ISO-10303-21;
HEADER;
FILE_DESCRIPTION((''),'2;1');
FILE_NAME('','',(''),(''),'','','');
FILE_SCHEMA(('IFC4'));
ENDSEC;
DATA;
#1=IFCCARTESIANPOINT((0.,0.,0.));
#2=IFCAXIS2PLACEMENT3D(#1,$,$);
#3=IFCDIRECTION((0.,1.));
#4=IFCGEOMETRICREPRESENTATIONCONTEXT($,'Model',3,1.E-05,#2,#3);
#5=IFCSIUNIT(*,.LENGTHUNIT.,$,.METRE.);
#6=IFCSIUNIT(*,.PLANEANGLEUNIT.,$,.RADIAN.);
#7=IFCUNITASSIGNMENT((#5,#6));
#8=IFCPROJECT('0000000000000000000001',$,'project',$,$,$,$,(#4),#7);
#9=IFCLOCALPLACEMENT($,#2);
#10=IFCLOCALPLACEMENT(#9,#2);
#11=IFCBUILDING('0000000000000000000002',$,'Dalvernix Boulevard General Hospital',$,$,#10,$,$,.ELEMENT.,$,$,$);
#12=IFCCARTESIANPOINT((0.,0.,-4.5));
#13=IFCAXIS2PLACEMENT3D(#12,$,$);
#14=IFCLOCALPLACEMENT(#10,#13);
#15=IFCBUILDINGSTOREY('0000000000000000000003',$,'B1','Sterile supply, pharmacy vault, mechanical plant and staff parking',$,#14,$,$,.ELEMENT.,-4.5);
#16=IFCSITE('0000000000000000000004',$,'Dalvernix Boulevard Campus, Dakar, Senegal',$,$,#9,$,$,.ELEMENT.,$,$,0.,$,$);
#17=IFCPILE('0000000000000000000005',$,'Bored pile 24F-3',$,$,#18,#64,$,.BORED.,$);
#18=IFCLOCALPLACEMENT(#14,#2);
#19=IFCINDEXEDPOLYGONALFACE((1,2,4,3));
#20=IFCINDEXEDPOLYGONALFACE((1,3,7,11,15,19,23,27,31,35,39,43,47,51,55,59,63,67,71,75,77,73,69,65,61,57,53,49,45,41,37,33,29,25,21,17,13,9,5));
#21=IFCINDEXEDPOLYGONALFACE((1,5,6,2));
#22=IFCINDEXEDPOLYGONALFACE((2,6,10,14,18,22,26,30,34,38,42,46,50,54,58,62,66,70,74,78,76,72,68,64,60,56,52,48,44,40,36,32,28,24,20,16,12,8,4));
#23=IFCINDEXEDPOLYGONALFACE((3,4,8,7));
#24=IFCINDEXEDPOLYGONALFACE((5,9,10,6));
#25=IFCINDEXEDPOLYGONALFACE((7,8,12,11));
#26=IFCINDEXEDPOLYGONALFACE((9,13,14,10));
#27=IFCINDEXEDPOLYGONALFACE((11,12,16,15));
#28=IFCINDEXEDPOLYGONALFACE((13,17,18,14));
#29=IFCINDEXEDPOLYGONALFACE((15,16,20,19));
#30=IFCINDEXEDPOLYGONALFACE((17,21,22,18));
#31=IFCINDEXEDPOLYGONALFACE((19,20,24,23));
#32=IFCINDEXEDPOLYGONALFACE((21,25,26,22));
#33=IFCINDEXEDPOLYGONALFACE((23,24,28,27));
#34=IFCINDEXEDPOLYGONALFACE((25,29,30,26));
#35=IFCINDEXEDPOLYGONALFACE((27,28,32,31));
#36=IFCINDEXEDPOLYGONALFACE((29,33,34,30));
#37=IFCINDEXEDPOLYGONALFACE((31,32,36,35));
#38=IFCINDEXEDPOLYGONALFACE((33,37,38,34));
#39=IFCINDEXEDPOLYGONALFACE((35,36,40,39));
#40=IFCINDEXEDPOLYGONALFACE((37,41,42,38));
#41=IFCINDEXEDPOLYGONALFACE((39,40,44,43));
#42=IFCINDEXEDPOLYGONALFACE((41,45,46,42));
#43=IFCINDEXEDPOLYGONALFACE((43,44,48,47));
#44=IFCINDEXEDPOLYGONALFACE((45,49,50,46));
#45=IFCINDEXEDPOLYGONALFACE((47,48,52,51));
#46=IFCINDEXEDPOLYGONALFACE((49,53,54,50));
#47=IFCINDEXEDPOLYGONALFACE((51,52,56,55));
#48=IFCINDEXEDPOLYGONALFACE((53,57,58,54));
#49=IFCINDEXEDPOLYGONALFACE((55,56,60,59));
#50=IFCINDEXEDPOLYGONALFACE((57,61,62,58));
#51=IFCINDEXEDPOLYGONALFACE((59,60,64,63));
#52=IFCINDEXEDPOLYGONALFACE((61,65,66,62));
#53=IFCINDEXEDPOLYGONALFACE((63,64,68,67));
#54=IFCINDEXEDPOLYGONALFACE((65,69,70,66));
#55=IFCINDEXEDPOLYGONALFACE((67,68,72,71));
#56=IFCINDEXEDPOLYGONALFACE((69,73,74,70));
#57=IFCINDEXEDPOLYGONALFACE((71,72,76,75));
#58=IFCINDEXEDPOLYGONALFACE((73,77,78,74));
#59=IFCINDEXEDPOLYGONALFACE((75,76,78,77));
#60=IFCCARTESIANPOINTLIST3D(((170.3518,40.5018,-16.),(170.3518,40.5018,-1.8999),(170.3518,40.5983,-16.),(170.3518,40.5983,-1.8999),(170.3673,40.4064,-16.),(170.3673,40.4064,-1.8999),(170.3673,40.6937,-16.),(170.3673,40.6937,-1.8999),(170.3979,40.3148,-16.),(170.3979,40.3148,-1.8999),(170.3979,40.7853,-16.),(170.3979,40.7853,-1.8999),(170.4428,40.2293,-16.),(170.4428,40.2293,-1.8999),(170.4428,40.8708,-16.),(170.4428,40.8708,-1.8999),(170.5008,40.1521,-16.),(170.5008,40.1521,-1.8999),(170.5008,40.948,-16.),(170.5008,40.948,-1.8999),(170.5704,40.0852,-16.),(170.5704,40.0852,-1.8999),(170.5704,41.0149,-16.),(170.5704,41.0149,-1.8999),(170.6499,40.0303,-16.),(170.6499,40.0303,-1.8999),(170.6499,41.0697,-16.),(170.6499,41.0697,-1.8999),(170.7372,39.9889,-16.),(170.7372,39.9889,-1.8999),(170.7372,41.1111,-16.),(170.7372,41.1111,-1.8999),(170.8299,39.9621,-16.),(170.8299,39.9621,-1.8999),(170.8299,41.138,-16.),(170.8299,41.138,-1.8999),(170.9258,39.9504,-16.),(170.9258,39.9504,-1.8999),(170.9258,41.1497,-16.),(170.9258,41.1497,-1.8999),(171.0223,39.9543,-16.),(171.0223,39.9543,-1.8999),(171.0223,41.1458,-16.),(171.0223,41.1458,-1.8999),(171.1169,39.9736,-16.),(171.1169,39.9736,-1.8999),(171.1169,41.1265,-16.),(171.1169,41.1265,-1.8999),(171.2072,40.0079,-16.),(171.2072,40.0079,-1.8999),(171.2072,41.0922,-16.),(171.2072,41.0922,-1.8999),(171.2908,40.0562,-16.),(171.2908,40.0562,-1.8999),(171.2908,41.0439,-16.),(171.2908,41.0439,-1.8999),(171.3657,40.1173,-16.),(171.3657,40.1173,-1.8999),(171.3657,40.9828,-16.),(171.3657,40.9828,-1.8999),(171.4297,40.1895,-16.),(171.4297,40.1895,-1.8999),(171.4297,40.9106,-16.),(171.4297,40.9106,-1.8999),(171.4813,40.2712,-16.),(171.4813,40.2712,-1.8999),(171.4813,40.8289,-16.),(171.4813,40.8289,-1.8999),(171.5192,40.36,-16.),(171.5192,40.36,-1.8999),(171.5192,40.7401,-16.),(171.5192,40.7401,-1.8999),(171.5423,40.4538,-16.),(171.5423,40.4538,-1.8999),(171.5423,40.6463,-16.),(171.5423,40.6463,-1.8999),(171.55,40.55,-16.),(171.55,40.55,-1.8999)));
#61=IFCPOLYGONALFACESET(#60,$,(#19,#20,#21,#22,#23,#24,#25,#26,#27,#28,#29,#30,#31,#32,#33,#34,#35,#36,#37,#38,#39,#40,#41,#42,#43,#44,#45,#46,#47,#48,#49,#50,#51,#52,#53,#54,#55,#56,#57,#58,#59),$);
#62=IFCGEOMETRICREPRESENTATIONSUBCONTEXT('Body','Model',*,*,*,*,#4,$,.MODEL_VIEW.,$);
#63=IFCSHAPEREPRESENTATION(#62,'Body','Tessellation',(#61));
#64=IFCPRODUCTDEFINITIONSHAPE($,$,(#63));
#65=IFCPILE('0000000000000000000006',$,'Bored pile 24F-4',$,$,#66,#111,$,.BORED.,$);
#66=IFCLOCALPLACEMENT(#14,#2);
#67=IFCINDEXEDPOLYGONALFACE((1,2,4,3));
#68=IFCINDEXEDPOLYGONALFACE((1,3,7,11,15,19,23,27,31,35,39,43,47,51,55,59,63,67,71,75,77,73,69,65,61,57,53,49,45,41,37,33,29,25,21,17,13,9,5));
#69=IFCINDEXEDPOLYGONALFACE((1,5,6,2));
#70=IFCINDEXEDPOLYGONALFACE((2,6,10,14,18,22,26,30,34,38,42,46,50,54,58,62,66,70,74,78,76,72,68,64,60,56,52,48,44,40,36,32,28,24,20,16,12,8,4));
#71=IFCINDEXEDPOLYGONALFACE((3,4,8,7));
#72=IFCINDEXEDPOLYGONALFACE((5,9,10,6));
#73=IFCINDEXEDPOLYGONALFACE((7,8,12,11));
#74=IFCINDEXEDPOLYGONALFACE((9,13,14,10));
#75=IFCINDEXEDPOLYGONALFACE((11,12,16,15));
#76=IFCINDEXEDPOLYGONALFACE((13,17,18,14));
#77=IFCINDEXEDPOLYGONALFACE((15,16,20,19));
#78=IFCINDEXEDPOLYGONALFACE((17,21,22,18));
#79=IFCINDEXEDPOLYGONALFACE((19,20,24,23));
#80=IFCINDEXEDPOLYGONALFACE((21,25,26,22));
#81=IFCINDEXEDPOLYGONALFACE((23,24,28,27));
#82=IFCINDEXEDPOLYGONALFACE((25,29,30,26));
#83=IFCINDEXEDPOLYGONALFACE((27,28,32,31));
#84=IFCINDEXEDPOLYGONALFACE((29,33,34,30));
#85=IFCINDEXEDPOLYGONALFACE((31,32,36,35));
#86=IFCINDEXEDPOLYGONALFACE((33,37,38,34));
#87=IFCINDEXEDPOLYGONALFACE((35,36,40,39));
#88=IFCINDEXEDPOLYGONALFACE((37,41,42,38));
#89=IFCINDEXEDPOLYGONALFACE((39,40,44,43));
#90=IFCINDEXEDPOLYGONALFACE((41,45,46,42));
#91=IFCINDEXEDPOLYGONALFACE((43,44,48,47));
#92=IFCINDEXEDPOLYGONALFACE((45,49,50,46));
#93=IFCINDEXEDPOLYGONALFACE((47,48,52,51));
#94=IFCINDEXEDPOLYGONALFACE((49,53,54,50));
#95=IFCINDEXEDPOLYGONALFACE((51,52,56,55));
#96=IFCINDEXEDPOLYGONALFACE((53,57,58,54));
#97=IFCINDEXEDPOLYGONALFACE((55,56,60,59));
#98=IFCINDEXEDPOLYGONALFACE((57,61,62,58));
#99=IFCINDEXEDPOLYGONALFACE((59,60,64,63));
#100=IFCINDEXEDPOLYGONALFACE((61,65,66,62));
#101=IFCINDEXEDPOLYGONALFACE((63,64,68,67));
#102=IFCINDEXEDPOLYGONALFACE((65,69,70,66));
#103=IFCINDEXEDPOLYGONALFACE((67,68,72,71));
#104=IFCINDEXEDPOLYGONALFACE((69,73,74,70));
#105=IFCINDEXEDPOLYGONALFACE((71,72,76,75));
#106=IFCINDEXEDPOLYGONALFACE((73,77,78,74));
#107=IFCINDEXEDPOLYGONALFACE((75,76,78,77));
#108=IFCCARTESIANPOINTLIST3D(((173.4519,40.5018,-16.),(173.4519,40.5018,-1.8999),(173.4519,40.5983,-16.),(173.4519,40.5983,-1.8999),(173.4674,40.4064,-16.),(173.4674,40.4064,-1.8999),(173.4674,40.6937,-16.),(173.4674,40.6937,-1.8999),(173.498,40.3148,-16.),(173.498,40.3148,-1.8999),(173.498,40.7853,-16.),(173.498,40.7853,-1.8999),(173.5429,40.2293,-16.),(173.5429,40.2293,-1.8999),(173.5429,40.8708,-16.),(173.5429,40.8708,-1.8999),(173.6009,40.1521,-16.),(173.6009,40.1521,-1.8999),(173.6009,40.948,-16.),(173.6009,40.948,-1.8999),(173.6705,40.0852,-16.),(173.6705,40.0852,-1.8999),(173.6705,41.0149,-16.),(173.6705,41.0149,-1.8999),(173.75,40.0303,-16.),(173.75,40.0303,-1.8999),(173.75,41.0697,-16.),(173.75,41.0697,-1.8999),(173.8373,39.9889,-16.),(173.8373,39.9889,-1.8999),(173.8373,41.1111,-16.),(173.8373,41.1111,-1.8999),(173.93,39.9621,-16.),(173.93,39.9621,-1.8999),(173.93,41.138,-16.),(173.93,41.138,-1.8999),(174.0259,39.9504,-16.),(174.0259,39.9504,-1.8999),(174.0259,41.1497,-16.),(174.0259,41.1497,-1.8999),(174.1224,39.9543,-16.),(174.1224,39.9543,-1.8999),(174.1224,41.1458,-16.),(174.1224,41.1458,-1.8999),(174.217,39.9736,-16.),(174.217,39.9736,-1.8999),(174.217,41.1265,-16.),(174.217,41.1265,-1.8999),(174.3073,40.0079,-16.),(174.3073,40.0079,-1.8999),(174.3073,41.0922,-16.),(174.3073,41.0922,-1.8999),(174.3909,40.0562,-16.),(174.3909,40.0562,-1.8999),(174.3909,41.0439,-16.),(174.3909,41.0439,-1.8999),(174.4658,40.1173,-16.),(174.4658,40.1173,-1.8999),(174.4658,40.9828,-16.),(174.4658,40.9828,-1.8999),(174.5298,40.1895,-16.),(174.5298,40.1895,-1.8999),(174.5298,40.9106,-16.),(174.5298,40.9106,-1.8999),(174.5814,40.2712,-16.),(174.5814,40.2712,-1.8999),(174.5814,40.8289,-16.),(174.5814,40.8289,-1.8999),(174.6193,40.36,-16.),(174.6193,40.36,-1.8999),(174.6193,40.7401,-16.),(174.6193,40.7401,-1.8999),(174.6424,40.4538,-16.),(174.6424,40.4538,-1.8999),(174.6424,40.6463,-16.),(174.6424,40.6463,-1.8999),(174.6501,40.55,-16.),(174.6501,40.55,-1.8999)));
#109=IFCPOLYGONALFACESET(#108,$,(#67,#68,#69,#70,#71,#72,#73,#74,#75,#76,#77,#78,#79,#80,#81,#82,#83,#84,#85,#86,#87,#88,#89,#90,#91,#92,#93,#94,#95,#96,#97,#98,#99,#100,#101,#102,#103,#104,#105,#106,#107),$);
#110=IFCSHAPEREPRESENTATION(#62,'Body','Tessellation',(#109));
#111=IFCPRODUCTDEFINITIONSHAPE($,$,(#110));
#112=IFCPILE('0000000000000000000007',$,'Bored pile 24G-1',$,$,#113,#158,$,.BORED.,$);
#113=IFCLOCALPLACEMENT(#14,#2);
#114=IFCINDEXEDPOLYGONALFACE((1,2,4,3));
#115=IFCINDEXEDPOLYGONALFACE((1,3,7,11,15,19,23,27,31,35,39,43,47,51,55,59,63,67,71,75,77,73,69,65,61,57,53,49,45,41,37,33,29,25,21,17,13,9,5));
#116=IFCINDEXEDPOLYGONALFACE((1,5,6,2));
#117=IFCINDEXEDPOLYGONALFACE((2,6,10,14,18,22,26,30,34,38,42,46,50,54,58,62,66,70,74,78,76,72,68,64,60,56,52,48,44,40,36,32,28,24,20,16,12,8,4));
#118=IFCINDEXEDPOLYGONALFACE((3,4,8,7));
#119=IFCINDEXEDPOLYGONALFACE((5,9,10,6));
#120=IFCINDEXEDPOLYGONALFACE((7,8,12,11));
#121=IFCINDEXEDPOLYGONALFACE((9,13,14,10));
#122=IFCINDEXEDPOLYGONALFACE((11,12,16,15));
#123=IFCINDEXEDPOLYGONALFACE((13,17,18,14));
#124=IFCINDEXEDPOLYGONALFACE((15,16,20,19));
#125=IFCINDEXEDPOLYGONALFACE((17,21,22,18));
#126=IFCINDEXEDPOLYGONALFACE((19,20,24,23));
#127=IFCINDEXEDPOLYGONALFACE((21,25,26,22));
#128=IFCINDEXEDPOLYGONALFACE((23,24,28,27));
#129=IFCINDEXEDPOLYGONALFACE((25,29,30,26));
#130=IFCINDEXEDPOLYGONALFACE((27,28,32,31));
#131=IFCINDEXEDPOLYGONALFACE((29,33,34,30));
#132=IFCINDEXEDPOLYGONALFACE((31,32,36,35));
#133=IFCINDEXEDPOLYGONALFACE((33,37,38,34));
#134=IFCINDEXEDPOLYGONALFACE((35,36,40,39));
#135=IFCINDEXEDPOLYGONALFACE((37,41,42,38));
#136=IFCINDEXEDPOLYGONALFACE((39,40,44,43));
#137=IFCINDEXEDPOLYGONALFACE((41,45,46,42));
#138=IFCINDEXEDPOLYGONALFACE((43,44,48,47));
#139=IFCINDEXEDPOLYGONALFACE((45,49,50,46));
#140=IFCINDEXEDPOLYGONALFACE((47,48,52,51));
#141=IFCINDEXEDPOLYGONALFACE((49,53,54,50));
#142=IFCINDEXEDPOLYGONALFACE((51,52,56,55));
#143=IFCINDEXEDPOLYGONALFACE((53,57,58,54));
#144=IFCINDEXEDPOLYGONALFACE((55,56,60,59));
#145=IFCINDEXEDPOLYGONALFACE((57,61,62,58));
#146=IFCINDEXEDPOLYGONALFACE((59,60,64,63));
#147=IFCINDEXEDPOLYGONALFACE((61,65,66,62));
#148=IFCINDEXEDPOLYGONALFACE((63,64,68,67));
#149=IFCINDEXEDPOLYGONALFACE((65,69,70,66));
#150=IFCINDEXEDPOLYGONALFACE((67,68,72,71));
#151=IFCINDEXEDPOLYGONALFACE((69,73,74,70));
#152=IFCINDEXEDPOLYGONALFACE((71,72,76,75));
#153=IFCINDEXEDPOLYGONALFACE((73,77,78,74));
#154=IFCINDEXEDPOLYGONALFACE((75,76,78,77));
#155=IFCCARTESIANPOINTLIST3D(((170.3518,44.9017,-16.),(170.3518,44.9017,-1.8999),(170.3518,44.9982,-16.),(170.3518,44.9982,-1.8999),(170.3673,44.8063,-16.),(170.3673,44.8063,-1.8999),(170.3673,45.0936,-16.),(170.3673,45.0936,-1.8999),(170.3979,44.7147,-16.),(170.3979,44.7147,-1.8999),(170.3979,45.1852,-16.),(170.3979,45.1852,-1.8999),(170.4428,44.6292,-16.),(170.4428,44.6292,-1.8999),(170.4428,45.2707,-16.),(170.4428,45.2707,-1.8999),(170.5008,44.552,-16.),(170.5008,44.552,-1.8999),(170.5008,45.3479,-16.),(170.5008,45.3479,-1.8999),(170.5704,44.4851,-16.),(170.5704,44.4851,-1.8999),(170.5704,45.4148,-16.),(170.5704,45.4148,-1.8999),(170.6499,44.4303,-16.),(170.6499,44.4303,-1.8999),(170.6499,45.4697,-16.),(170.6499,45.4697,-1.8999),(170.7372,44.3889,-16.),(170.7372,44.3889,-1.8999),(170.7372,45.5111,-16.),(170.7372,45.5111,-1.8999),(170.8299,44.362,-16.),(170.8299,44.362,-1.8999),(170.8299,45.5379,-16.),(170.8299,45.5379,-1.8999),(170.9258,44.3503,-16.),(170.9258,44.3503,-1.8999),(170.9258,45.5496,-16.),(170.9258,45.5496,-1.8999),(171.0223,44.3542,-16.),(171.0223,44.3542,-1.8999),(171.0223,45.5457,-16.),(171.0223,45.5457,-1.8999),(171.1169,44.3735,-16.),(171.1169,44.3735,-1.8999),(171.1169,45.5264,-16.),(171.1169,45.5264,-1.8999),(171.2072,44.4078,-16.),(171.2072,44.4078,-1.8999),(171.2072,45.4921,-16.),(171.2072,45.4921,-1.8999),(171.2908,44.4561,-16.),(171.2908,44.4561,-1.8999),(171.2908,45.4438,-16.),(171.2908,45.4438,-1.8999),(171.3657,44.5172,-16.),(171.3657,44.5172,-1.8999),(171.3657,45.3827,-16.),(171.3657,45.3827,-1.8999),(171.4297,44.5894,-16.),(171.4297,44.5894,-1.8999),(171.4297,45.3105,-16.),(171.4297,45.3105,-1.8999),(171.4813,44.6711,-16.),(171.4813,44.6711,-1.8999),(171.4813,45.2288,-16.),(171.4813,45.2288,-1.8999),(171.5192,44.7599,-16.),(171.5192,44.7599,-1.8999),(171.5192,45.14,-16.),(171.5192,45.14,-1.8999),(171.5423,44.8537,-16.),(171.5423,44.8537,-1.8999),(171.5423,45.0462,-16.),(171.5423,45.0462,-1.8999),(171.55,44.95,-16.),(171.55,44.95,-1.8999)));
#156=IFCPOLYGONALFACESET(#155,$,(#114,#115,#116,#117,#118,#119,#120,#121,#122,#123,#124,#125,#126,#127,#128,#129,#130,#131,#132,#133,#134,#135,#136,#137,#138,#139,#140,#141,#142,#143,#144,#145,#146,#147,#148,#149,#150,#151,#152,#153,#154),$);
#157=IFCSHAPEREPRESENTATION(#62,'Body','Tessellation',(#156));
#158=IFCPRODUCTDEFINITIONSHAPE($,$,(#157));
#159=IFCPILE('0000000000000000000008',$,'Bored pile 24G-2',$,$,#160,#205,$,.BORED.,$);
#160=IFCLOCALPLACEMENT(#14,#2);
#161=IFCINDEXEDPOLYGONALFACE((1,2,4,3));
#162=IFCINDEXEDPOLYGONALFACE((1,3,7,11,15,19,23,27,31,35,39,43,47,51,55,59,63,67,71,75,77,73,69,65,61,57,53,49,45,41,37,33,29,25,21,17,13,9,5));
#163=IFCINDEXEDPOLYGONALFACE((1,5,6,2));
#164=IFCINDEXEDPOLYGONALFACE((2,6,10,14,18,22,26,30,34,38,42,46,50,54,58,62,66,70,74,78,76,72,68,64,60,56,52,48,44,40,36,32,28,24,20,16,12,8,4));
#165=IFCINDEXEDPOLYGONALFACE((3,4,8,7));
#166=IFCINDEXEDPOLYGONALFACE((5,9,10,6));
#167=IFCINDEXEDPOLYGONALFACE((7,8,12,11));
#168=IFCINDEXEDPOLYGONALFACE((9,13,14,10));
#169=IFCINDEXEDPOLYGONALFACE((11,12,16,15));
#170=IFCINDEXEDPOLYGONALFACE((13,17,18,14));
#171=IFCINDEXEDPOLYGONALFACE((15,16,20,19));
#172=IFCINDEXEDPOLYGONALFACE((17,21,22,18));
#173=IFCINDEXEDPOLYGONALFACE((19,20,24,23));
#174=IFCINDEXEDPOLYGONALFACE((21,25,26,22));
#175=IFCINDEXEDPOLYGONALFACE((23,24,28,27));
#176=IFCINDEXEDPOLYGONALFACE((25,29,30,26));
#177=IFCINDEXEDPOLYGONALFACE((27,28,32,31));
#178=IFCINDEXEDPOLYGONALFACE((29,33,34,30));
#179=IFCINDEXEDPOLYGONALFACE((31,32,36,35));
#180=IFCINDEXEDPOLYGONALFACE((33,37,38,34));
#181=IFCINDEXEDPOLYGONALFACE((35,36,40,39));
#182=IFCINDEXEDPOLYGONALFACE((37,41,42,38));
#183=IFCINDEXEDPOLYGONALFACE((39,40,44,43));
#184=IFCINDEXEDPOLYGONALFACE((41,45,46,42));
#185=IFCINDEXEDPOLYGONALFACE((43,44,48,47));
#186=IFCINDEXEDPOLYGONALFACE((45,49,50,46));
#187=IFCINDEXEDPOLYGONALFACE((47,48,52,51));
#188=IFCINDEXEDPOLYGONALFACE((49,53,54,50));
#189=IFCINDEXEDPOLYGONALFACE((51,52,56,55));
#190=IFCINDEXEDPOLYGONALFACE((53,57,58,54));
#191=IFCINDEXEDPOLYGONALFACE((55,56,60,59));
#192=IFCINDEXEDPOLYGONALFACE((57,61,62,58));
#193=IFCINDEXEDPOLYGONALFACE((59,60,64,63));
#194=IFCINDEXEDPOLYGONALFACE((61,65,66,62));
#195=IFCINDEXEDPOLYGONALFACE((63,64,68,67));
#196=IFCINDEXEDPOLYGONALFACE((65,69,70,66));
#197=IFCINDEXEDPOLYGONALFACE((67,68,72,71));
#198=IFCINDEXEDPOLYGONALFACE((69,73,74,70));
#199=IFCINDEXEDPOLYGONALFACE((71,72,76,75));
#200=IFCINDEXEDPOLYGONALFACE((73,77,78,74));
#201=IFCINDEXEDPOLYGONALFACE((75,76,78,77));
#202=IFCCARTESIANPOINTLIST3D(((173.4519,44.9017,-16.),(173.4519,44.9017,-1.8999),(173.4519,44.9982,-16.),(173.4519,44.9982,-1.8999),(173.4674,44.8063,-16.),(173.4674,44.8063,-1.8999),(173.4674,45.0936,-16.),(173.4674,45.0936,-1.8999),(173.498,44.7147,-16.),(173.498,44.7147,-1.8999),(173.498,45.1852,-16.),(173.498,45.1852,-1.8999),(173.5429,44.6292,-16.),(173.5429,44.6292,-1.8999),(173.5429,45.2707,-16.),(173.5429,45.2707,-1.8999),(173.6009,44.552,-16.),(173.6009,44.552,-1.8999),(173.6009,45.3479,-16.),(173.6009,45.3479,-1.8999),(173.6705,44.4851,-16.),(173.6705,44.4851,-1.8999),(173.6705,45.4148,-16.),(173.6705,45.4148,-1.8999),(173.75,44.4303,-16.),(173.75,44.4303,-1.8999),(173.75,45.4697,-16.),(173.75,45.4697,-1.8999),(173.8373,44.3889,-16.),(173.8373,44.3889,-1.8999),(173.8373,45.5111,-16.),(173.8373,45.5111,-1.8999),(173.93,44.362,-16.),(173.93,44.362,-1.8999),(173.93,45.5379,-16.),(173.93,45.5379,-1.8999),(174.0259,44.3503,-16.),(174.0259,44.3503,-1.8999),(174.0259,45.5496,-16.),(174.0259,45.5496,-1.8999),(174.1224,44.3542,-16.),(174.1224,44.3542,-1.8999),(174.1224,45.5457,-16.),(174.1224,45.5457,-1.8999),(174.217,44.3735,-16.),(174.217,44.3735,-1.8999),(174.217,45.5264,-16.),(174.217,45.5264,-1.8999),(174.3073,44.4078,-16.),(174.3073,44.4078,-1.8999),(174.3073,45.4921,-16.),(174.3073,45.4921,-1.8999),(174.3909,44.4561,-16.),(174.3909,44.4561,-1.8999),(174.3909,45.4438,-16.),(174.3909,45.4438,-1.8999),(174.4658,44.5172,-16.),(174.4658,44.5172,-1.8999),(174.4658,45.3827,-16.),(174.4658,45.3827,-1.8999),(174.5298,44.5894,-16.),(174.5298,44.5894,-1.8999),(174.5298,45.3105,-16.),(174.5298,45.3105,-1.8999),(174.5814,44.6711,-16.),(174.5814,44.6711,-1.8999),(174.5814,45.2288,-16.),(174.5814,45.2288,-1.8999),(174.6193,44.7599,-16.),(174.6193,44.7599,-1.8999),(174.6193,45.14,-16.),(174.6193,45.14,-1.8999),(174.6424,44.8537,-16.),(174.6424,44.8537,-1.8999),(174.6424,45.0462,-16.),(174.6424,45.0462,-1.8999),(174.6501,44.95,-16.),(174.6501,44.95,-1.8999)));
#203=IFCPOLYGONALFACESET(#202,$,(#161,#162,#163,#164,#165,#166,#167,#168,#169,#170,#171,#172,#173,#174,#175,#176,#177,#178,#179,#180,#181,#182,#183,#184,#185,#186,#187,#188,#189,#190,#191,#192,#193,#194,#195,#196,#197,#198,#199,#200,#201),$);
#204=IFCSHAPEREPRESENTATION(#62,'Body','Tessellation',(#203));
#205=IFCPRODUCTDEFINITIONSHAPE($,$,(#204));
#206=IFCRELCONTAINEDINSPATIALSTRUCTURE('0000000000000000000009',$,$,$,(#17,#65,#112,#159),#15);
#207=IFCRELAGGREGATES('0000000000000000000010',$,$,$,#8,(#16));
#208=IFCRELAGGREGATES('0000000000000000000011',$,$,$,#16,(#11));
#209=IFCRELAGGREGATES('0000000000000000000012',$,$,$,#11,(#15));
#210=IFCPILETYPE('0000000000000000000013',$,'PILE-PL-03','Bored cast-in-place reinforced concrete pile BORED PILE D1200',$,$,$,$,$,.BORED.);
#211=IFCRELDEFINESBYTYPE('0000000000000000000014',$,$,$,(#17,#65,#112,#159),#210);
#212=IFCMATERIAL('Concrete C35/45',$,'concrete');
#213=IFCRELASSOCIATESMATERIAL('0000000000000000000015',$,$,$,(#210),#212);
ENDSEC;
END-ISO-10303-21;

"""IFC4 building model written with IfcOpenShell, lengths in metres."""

from ifc_helpers import new_model, si_unit, direction, frame, origin, origin_2d, place, context, subcontext, project, spatial, circle, extrude, material, material_profile, profile_set, type_object, element, save


model = new_model("IFC4")

# Units and contexts
model_context = context("Model", 3, precision=1e-05, world=origin(), true_north=direction((0.0, 1.0)))
body_context = subcontext(model_context, "Body", "Model", "MODEL_VIEW")
ifc_project = project(units=[si_unit("LENGTHUNIT", "METRE"), si_unit("PLANEANGLEUNIT", "RADIAN")], contexts=[model_context])

# Site, building, storey
site_placement = place(None, origin())
site = spatial("IfcSite", under=ifc_project, at=site_placement, Name="Dalvernix Boulevard Campus, Dakar, Senegal", CompositionType="ELEMENT", RefElevation=0.0)
building_placement = place(site_placement, origin())
building = spatial("IfcBuilding", under=site, at=building_placement, Name="Dalvernix Boulevard General Hospital", CompositionType="ELEMENT")
storey_placement = place(building_placement, frame((0.0, 0.0, -4.5)))
storey = spatial("IfcBuildingStorey", under=building, at=storey_placement, Name="B1", Description="Sterile supply, pharmacy vault, mechanical plant and staff parking", CompositionType="ELEMENT", Elevation=-4.5)

# Shared definitions
ifc_material_1 = material(Name="Concrete C35/45", Category="concrete")

# Piles
ifc_material_profile_1 = material_profile(ifc_material_1, circle(Radius=0.6001, at=origin_2d()), Name="BORED PILE D1200")
ifc_profile_set_1 = profile_set([ifc_material_profile_1], Name="Concrete C35/45")
pile_type = type_object("IfcPileType", Name="PILE-PL-03", Description="Bored cast-in-place reinforced concrete pile BORED PILE D1200", PredefinedType="BORED", material=ifc_profile_set_1)
for number, where, z_axis, x_axis, name in (
    (1, (170.95, 40.55, -1.8999), (0.0, 0.0, -1.0), (1.0, 0.0, 0.0), "Bored pile 24F-3"),
    (2, (174.05, 40.55, -1.8999), (0.0, 0.0, -1.0), (1.0, 0.0, 0.0), "Bored pile 24F-4"),
    (3, (170.95, 44.95, -1.8999), (0.0, 0.0, -1.0), (1.0, 0.0, 0.0), "Bored pile 24G-1"),
    (4, (174.05, 44.95, -1.8999), (0.0, 0.0, -1.0), (1.0, 0.0, 0.0), "Bored pile 24G-2"),
):
    element("IfcPile", number, at=place(storey_placement, frame(where, z_axis=z_axis, x_axis=x_axis)), inside=storey, type_object=pile_type, Name=name, PredefinedType="BORED", context=body_context, shape_type="SweptSolid", body=[
        extrude(circle(Radius=0.6001, at=origin_2d()), origin(), (0.0, 0.0, 1.0), 14.1001),
    ])

save(model, "model.ifc")
